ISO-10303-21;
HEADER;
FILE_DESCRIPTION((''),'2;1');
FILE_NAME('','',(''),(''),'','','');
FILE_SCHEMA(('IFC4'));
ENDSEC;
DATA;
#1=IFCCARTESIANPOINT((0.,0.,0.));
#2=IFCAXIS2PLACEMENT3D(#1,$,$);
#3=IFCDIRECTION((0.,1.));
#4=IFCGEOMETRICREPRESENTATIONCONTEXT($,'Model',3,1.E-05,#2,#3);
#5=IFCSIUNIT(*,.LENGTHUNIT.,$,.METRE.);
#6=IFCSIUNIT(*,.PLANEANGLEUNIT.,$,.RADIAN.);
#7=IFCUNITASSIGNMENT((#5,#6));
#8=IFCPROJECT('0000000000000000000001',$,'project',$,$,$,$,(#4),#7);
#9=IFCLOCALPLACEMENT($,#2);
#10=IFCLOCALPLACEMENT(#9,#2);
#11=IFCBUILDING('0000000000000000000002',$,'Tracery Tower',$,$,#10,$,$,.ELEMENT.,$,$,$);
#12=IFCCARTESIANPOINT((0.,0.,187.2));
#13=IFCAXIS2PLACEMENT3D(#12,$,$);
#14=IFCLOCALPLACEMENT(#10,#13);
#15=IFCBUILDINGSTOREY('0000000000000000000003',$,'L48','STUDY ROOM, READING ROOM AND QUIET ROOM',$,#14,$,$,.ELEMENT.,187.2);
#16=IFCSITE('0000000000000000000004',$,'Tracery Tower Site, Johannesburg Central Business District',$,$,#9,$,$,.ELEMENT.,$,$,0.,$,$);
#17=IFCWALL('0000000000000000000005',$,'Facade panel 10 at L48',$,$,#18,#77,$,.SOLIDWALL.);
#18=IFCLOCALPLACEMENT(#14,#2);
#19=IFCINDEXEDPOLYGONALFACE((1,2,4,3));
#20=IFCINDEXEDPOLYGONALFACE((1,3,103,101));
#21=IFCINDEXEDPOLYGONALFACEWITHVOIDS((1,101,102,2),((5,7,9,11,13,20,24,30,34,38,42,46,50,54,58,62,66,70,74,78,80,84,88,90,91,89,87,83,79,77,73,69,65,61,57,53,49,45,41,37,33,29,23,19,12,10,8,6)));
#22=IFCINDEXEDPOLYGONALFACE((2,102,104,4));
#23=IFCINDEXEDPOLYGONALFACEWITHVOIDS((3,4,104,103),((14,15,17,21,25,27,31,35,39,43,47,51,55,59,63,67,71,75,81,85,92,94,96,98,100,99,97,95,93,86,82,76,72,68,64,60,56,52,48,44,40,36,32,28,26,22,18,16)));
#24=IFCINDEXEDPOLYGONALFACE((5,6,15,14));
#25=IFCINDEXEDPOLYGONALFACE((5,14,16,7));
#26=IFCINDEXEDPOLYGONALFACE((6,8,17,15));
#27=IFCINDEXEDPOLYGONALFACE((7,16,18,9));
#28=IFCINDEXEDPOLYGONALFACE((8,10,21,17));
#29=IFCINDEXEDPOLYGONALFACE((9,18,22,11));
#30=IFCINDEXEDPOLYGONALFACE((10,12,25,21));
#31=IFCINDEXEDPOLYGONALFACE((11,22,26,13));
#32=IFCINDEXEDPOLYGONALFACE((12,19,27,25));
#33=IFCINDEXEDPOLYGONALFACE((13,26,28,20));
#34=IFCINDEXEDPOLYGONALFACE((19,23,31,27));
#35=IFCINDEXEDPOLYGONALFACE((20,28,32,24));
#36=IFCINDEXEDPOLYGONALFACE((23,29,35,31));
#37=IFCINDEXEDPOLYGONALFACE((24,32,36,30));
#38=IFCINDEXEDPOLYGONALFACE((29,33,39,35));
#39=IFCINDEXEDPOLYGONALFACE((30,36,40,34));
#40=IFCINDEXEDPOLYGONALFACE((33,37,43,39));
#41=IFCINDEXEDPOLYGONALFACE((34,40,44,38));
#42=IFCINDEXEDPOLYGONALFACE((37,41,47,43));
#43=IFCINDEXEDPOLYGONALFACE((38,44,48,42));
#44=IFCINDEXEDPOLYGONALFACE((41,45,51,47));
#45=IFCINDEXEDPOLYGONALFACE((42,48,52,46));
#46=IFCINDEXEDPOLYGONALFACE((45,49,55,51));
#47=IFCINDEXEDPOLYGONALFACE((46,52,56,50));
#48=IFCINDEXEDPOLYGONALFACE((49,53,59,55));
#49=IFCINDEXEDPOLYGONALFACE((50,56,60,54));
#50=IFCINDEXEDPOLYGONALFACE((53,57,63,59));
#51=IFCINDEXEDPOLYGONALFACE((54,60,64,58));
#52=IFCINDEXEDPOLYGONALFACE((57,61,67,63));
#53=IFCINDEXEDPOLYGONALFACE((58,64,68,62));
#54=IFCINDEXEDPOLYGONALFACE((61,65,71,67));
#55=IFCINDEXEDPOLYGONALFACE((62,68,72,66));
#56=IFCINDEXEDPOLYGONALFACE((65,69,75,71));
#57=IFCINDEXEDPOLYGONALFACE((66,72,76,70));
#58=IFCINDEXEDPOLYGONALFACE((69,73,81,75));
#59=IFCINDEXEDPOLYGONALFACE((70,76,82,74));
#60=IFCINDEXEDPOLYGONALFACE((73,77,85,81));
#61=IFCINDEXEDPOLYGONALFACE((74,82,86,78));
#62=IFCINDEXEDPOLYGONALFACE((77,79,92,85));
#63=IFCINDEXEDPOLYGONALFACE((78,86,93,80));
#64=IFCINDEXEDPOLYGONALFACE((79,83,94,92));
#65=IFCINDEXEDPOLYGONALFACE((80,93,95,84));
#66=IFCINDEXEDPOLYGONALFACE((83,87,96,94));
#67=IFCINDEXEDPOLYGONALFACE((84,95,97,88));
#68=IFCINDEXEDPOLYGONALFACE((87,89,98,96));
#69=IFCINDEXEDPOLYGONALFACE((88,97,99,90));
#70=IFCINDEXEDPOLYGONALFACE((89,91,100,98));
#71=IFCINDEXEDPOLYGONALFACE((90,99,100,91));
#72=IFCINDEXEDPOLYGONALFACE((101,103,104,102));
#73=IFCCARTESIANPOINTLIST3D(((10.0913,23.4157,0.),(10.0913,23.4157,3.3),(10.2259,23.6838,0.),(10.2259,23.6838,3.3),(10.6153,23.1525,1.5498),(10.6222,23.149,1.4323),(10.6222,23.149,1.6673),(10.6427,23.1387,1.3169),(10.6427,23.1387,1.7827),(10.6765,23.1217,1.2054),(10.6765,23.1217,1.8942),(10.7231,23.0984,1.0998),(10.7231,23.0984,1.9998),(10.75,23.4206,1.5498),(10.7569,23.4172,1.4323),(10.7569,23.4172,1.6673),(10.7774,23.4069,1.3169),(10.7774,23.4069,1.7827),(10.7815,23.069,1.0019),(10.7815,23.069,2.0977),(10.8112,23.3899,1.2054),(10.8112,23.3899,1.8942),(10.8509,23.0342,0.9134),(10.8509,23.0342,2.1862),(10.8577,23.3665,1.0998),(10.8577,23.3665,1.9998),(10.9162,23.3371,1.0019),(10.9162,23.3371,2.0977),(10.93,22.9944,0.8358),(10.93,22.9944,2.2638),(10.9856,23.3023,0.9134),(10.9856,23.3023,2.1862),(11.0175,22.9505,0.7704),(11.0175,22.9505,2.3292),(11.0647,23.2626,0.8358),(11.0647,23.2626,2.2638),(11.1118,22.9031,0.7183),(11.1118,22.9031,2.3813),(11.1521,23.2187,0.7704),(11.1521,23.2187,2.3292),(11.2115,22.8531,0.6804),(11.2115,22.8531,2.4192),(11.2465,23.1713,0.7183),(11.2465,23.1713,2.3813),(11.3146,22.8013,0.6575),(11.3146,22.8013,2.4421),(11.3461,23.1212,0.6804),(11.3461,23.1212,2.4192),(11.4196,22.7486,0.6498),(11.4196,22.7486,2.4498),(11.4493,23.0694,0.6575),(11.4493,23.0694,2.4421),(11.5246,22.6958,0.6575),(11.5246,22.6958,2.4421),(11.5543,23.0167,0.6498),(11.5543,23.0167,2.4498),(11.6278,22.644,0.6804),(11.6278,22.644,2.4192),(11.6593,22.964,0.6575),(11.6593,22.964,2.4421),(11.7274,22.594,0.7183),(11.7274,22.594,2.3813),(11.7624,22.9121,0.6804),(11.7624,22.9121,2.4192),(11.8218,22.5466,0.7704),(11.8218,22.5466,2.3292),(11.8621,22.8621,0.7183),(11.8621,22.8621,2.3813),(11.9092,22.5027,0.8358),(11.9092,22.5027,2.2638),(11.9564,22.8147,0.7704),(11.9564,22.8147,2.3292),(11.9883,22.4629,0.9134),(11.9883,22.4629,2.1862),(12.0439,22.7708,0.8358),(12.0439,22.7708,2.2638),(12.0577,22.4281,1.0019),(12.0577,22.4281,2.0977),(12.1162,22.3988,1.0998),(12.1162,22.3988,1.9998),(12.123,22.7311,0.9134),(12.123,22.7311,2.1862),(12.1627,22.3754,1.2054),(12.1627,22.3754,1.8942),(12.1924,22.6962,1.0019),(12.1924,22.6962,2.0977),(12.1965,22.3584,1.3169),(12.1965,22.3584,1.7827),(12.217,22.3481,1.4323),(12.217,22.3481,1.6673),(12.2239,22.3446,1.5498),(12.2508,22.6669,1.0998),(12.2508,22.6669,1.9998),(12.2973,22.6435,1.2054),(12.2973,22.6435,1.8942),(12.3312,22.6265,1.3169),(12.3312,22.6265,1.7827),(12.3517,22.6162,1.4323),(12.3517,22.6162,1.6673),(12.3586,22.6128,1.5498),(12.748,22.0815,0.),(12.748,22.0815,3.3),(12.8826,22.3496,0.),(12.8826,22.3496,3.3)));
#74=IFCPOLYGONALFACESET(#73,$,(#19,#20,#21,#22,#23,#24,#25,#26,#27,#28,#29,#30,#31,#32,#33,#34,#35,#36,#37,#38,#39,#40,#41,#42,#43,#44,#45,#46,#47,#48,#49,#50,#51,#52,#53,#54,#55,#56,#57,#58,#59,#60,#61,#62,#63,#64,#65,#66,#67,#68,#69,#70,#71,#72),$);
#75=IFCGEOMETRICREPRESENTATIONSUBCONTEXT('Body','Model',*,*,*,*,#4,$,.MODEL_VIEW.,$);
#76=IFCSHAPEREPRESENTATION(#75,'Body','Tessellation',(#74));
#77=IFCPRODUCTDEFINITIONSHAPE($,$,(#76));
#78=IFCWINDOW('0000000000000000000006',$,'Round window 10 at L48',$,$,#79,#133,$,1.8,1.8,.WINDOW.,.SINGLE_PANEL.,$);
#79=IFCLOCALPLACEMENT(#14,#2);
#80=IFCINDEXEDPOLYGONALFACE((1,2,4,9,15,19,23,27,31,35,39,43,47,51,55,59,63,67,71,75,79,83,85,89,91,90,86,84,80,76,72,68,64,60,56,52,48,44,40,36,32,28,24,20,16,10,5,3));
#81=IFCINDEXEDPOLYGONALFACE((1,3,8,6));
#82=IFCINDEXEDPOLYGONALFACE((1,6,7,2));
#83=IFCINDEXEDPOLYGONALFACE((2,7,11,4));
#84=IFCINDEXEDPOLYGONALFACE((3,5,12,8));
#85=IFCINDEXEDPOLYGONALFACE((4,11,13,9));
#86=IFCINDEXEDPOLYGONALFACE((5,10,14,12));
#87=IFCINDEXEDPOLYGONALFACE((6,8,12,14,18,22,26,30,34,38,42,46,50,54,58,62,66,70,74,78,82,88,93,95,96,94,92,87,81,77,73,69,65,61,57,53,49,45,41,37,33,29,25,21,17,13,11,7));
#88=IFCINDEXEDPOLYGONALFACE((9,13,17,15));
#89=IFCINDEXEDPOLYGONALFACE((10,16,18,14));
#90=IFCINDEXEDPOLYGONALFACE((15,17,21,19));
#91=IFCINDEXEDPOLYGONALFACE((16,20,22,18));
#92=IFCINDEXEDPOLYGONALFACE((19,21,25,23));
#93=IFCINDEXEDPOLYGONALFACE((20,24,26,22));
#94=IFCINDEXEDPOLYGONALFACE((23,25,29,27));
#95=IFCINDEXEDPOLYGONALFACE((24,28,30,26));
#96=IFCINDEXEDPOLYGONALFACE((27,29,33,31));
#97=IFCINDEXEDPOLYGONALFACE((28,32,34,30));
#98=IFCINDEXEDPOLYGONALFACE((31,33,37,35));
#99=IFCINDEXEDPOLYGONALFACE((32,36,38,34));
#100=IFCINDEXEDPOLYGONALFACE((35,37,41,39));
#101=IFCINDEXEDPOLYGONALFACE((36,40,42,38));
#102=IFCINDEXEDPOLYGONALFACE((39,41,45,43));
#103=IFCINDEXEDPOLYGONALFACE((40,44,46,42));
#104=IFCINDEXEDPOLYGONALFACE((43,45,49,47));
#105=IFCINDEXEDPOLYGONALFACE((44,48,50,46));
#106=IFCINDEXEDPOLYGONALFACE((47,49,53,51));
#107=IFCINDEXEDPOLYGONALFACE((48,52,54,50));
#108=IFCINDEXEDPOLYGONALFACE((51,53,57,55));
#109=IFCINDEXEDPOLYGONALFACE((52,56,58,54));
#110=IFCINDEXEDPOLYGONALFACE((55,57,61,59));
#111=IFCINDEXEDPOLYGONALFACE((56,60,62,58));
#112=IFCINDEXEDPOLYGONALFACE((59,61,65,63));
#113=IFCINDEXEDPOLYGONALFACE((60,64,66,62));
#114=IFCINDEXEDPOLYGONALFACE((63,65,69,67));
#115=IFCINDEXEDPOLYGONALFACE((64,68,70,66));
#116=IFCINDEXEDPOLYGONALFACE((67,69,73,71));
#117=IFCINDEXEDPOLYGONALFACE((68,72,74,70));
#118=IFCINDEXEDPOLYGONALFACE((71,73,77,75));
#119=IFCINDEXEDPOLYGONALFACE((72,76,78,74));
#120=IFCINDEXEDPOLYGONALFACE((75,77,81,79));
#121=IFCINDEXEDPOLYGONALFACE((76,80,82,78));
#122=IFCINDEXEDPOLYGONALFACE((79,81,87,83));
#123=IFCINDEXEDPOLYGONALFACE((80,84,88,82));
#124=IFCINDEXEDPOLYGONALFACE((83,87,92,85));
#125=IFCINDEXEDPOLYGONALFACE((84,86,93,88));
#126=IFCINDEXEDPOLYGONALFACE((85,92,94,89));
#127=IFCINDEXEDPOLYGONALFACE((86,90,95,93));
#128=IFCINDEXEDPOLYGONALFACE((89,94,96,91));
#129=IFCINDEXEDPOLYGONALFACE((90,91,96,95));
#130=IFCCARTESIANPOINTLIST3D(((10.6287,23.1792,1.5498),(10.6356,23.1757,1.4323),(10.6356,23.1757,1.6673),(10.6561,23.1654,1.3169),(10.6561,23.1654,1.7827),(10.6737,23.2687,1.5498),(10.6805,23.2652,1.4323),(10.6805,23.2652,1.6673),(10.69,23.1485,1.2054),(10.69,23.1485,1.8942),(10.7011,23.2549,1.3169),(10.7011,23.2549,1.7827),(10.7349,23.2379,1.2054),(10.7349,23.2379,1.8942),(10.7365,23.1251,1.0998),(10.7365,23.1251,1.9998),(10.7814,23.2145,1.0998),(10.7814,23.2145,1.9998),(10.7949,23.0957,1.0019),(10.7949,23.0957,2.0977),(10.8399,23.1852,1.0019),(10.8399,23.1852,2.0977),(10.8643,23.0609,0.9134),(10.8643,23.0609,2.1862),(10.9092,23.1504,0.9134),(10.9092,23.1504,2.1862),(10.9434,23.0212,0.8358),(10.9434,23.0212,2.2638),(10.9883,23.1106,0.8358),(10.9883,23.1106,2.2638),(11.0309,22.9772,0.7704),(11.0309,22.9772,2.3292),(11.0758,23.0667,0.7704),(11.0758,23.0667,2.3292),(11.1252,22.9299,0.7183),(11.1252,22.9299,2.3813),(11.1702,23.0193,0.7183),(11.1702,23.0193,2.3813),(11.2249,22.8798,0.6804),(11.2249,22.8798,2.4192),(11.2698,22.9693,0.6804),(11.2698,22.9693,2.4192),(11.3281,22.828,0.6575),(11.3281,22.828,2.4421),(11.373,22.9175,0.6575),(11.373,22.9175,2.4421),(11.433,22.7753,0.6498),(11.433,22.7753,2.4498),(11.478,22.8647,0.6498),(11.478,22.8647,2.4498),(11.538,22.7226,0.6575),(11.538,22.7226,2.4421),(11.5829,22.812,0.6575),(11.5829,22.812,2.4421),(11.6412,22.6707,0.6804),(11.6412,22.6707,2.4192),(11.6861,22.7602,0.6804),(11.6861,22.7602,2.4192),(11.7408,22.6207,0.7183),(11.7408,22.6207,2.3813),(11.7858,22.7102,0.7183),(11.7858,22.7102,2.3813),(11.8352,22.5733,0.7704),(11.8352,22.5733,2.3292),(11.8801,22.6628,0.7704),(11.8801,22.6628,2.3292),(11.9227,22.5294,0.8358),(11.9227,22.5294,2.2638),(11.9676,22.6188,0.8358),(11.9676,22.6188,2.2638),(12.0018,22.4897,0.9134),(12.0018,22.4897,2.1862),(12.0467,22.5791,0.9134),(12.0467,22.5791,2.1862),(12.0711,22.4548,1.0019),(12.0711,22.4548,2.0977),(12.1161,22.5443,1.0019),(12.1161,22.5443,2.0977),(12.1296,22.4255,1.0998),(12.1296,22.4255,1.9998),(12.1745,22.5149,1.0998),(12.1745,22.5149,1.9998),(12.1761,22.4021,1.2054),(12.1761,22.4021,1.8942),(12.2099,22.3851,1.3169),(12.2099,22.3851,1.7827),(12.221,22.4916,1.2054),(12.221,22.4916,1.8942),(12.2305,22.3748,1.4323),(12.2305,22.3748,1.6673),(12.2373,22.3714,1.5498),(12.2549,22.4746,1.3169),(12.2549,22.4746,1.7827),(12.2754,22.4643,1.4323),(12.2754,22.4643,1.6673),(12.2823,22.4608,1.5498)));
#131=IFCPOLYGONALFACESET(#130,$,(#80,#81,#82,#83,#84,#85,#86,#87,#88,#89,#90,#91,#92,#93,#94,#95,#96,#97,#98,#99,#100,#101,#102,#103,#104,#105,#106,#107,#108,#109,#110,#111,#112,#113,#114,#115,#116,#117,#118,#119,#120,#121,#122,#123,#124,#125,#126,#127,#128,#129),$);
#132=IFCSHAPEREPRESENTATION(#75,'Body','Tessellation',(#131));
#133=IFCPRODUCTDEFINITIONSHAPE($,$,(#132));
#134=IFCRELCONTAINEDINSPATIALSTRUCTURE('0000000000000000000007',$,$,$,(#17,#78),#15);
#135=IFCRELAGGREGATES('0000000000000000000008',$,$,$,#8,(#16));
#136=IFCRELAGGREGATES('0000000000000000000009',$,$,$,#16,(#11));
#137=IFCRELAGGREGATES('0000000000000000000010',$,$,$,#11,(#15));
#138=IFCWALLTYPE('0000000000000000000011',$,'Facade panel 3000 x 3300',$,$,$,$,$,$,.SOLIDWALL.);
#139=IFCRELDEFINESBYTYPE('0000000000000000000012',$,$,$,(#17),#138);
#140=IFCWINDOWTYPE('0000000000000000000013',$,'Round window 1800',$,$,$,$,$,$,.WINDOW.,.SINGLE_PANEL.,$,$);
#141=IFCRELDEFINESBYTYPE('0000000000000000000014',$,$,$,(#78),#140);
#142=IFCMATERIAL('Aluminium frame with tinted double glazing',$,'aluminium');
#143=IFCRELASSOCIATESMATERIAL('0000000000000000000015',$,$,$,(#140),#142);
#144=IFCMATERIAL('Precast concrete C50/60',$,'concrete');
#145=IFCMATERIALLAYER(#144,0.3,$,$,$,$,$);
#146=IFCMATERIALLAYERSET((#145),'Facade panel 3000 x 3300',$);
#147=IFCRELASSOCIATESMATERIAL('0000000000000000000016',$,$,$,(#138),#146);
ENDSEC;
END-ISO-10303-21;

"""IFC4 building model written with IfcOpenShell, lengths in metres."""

from ifc_helpers import new_model, si_unit, direction, frame, frame_2d, origin, origin_2d, place, context, subcontext, project, spatial, rectangle, circle, extrude, material, layer, layer_set, type_object, element, fill, save


model = new_model("IFC4")

# Units and contexts
model_context = context("Model", 3, precision=1e-05, world=origin(), true_north=direction((0.0, 1.0)))
body_context = subcontext(model_context, "Body", "Model", "MODEL_VIEW")
ifc_project = project(units=[si_unit("LENGTHUNIT", "METRE"), si_unit("PLANEANGLEUNIT", "RADIAN")], contexts=[model_context])

# Site, building, storey
site_placement = place(None, origin())
site = spatial("IfcSite", under=ifc_project, at=site_placement, Name="Tracery Tower Site, Johannesburg Central Business District", CompositionType="ELEMENT", RefElevation=0.0)
building_placement = place(site_placement, origin())
building = spatial("IfcBuilding", under=site, at=building_placement, Name="Tracery Tower", CompositionType="ELEMENT")
storey_placement = place(building_placement, frame((0.0, 0.0, 187.2)))
storey = spatial("IfcBuildingStorey", under=building, at=storey_placement, Name="L48", Description="STUDY ROOM, READING ROOM AND QUIET ROOM", CompositionType="ELEMENT", Elevation=187.2)

# Wall, opening, window
ifc_material_1 = material(Name="Aluminium frame with tinted double glazing", Category="aluminium")
window_type = type_object("IfcWindowType", Name="Round window 1800", PartitioningType="SINGLE_PANEL", PredefinedType="WINDOW", material=ifc_material_1)
ifc_material_2 = material(Name="Precast concrete C50/60", Category="concrete")
ifc_layer_1 = layer(ifc_material_2, 0.3)
ifc_layer_set_1 = layer_set([ifc_layer_1], Name="Facade panel 3000 x 3300")
wall_type_1 = type_object("IfcWallType", Name="Facade panel 3000 x 3300", PredefinedType="SOLIDWALL", material=ifc_layer_set_1)
wall_1_placement = place(storey_placement, frame((12.8152, 22.2156, 0.0), z_axis=(0.0, 0.0, 1.0), x_axis=(-0.893637, 0.44879, 0.0)))
wall_1 = element("IfcWall", 1, at=wall_1_placement, inside=storey, type_object=wall_type_1, Name="Facade panel 10 at L48", PredefinedType="SOLIDWALL", context=body_context, shape_type="SweptSolid", body=[
    extrude(rectangle(XDim=2.9729, YDim=0.3, at=frame_2d((1.4863, 0.0))), origin(), (0.0, 0.0, 1.0), 3.3),
])
opening_1_placement = place(wall_1_placement, frame((1.4863, 0.0, 1.5498)))
opening_1 = element("IfcOpeningElement", 2, at=opening_1_placement, cuts=wall_1, PredefinedType="OPENING", context=body_context, shape_type="SweptSolid", body=[
    extrude(circle(Radius=0.9, at=origin_2d()), frame((0.0, 0.1599, 0.0), z_axis=(0.0, -1.0, 0.0), x_axis=(1.0, 0.0, 0.0)), (0.0, 0.0, 1.0), 0.3201),
])
window_1_placement = place(opening_1_placement, origin())
window_1 = element("IfcWindow", 3, at=window_1_placement, inside=storey, type_object=window_type, Name="Round window 10 at L48", OverallHeight=1.8, OverallWidth=1.8, PartitioningType="SINGLE_PANEL", PredefinedType="WINDOW", context=body_context, shape_type="SweptSolid", body=[
    extrude(circle(Radius=0.9, at=origin_2d()), frame((0.0, 0.1201, 0.0), z_axis=(0.0, -1.0, 0.0), x_axis=(1.0, 0.0, 0.0)), (0.0, 0.0, 1.0), 0.1001),
])
fill(opening_1, window_1)

save(model, "model.ifc")
